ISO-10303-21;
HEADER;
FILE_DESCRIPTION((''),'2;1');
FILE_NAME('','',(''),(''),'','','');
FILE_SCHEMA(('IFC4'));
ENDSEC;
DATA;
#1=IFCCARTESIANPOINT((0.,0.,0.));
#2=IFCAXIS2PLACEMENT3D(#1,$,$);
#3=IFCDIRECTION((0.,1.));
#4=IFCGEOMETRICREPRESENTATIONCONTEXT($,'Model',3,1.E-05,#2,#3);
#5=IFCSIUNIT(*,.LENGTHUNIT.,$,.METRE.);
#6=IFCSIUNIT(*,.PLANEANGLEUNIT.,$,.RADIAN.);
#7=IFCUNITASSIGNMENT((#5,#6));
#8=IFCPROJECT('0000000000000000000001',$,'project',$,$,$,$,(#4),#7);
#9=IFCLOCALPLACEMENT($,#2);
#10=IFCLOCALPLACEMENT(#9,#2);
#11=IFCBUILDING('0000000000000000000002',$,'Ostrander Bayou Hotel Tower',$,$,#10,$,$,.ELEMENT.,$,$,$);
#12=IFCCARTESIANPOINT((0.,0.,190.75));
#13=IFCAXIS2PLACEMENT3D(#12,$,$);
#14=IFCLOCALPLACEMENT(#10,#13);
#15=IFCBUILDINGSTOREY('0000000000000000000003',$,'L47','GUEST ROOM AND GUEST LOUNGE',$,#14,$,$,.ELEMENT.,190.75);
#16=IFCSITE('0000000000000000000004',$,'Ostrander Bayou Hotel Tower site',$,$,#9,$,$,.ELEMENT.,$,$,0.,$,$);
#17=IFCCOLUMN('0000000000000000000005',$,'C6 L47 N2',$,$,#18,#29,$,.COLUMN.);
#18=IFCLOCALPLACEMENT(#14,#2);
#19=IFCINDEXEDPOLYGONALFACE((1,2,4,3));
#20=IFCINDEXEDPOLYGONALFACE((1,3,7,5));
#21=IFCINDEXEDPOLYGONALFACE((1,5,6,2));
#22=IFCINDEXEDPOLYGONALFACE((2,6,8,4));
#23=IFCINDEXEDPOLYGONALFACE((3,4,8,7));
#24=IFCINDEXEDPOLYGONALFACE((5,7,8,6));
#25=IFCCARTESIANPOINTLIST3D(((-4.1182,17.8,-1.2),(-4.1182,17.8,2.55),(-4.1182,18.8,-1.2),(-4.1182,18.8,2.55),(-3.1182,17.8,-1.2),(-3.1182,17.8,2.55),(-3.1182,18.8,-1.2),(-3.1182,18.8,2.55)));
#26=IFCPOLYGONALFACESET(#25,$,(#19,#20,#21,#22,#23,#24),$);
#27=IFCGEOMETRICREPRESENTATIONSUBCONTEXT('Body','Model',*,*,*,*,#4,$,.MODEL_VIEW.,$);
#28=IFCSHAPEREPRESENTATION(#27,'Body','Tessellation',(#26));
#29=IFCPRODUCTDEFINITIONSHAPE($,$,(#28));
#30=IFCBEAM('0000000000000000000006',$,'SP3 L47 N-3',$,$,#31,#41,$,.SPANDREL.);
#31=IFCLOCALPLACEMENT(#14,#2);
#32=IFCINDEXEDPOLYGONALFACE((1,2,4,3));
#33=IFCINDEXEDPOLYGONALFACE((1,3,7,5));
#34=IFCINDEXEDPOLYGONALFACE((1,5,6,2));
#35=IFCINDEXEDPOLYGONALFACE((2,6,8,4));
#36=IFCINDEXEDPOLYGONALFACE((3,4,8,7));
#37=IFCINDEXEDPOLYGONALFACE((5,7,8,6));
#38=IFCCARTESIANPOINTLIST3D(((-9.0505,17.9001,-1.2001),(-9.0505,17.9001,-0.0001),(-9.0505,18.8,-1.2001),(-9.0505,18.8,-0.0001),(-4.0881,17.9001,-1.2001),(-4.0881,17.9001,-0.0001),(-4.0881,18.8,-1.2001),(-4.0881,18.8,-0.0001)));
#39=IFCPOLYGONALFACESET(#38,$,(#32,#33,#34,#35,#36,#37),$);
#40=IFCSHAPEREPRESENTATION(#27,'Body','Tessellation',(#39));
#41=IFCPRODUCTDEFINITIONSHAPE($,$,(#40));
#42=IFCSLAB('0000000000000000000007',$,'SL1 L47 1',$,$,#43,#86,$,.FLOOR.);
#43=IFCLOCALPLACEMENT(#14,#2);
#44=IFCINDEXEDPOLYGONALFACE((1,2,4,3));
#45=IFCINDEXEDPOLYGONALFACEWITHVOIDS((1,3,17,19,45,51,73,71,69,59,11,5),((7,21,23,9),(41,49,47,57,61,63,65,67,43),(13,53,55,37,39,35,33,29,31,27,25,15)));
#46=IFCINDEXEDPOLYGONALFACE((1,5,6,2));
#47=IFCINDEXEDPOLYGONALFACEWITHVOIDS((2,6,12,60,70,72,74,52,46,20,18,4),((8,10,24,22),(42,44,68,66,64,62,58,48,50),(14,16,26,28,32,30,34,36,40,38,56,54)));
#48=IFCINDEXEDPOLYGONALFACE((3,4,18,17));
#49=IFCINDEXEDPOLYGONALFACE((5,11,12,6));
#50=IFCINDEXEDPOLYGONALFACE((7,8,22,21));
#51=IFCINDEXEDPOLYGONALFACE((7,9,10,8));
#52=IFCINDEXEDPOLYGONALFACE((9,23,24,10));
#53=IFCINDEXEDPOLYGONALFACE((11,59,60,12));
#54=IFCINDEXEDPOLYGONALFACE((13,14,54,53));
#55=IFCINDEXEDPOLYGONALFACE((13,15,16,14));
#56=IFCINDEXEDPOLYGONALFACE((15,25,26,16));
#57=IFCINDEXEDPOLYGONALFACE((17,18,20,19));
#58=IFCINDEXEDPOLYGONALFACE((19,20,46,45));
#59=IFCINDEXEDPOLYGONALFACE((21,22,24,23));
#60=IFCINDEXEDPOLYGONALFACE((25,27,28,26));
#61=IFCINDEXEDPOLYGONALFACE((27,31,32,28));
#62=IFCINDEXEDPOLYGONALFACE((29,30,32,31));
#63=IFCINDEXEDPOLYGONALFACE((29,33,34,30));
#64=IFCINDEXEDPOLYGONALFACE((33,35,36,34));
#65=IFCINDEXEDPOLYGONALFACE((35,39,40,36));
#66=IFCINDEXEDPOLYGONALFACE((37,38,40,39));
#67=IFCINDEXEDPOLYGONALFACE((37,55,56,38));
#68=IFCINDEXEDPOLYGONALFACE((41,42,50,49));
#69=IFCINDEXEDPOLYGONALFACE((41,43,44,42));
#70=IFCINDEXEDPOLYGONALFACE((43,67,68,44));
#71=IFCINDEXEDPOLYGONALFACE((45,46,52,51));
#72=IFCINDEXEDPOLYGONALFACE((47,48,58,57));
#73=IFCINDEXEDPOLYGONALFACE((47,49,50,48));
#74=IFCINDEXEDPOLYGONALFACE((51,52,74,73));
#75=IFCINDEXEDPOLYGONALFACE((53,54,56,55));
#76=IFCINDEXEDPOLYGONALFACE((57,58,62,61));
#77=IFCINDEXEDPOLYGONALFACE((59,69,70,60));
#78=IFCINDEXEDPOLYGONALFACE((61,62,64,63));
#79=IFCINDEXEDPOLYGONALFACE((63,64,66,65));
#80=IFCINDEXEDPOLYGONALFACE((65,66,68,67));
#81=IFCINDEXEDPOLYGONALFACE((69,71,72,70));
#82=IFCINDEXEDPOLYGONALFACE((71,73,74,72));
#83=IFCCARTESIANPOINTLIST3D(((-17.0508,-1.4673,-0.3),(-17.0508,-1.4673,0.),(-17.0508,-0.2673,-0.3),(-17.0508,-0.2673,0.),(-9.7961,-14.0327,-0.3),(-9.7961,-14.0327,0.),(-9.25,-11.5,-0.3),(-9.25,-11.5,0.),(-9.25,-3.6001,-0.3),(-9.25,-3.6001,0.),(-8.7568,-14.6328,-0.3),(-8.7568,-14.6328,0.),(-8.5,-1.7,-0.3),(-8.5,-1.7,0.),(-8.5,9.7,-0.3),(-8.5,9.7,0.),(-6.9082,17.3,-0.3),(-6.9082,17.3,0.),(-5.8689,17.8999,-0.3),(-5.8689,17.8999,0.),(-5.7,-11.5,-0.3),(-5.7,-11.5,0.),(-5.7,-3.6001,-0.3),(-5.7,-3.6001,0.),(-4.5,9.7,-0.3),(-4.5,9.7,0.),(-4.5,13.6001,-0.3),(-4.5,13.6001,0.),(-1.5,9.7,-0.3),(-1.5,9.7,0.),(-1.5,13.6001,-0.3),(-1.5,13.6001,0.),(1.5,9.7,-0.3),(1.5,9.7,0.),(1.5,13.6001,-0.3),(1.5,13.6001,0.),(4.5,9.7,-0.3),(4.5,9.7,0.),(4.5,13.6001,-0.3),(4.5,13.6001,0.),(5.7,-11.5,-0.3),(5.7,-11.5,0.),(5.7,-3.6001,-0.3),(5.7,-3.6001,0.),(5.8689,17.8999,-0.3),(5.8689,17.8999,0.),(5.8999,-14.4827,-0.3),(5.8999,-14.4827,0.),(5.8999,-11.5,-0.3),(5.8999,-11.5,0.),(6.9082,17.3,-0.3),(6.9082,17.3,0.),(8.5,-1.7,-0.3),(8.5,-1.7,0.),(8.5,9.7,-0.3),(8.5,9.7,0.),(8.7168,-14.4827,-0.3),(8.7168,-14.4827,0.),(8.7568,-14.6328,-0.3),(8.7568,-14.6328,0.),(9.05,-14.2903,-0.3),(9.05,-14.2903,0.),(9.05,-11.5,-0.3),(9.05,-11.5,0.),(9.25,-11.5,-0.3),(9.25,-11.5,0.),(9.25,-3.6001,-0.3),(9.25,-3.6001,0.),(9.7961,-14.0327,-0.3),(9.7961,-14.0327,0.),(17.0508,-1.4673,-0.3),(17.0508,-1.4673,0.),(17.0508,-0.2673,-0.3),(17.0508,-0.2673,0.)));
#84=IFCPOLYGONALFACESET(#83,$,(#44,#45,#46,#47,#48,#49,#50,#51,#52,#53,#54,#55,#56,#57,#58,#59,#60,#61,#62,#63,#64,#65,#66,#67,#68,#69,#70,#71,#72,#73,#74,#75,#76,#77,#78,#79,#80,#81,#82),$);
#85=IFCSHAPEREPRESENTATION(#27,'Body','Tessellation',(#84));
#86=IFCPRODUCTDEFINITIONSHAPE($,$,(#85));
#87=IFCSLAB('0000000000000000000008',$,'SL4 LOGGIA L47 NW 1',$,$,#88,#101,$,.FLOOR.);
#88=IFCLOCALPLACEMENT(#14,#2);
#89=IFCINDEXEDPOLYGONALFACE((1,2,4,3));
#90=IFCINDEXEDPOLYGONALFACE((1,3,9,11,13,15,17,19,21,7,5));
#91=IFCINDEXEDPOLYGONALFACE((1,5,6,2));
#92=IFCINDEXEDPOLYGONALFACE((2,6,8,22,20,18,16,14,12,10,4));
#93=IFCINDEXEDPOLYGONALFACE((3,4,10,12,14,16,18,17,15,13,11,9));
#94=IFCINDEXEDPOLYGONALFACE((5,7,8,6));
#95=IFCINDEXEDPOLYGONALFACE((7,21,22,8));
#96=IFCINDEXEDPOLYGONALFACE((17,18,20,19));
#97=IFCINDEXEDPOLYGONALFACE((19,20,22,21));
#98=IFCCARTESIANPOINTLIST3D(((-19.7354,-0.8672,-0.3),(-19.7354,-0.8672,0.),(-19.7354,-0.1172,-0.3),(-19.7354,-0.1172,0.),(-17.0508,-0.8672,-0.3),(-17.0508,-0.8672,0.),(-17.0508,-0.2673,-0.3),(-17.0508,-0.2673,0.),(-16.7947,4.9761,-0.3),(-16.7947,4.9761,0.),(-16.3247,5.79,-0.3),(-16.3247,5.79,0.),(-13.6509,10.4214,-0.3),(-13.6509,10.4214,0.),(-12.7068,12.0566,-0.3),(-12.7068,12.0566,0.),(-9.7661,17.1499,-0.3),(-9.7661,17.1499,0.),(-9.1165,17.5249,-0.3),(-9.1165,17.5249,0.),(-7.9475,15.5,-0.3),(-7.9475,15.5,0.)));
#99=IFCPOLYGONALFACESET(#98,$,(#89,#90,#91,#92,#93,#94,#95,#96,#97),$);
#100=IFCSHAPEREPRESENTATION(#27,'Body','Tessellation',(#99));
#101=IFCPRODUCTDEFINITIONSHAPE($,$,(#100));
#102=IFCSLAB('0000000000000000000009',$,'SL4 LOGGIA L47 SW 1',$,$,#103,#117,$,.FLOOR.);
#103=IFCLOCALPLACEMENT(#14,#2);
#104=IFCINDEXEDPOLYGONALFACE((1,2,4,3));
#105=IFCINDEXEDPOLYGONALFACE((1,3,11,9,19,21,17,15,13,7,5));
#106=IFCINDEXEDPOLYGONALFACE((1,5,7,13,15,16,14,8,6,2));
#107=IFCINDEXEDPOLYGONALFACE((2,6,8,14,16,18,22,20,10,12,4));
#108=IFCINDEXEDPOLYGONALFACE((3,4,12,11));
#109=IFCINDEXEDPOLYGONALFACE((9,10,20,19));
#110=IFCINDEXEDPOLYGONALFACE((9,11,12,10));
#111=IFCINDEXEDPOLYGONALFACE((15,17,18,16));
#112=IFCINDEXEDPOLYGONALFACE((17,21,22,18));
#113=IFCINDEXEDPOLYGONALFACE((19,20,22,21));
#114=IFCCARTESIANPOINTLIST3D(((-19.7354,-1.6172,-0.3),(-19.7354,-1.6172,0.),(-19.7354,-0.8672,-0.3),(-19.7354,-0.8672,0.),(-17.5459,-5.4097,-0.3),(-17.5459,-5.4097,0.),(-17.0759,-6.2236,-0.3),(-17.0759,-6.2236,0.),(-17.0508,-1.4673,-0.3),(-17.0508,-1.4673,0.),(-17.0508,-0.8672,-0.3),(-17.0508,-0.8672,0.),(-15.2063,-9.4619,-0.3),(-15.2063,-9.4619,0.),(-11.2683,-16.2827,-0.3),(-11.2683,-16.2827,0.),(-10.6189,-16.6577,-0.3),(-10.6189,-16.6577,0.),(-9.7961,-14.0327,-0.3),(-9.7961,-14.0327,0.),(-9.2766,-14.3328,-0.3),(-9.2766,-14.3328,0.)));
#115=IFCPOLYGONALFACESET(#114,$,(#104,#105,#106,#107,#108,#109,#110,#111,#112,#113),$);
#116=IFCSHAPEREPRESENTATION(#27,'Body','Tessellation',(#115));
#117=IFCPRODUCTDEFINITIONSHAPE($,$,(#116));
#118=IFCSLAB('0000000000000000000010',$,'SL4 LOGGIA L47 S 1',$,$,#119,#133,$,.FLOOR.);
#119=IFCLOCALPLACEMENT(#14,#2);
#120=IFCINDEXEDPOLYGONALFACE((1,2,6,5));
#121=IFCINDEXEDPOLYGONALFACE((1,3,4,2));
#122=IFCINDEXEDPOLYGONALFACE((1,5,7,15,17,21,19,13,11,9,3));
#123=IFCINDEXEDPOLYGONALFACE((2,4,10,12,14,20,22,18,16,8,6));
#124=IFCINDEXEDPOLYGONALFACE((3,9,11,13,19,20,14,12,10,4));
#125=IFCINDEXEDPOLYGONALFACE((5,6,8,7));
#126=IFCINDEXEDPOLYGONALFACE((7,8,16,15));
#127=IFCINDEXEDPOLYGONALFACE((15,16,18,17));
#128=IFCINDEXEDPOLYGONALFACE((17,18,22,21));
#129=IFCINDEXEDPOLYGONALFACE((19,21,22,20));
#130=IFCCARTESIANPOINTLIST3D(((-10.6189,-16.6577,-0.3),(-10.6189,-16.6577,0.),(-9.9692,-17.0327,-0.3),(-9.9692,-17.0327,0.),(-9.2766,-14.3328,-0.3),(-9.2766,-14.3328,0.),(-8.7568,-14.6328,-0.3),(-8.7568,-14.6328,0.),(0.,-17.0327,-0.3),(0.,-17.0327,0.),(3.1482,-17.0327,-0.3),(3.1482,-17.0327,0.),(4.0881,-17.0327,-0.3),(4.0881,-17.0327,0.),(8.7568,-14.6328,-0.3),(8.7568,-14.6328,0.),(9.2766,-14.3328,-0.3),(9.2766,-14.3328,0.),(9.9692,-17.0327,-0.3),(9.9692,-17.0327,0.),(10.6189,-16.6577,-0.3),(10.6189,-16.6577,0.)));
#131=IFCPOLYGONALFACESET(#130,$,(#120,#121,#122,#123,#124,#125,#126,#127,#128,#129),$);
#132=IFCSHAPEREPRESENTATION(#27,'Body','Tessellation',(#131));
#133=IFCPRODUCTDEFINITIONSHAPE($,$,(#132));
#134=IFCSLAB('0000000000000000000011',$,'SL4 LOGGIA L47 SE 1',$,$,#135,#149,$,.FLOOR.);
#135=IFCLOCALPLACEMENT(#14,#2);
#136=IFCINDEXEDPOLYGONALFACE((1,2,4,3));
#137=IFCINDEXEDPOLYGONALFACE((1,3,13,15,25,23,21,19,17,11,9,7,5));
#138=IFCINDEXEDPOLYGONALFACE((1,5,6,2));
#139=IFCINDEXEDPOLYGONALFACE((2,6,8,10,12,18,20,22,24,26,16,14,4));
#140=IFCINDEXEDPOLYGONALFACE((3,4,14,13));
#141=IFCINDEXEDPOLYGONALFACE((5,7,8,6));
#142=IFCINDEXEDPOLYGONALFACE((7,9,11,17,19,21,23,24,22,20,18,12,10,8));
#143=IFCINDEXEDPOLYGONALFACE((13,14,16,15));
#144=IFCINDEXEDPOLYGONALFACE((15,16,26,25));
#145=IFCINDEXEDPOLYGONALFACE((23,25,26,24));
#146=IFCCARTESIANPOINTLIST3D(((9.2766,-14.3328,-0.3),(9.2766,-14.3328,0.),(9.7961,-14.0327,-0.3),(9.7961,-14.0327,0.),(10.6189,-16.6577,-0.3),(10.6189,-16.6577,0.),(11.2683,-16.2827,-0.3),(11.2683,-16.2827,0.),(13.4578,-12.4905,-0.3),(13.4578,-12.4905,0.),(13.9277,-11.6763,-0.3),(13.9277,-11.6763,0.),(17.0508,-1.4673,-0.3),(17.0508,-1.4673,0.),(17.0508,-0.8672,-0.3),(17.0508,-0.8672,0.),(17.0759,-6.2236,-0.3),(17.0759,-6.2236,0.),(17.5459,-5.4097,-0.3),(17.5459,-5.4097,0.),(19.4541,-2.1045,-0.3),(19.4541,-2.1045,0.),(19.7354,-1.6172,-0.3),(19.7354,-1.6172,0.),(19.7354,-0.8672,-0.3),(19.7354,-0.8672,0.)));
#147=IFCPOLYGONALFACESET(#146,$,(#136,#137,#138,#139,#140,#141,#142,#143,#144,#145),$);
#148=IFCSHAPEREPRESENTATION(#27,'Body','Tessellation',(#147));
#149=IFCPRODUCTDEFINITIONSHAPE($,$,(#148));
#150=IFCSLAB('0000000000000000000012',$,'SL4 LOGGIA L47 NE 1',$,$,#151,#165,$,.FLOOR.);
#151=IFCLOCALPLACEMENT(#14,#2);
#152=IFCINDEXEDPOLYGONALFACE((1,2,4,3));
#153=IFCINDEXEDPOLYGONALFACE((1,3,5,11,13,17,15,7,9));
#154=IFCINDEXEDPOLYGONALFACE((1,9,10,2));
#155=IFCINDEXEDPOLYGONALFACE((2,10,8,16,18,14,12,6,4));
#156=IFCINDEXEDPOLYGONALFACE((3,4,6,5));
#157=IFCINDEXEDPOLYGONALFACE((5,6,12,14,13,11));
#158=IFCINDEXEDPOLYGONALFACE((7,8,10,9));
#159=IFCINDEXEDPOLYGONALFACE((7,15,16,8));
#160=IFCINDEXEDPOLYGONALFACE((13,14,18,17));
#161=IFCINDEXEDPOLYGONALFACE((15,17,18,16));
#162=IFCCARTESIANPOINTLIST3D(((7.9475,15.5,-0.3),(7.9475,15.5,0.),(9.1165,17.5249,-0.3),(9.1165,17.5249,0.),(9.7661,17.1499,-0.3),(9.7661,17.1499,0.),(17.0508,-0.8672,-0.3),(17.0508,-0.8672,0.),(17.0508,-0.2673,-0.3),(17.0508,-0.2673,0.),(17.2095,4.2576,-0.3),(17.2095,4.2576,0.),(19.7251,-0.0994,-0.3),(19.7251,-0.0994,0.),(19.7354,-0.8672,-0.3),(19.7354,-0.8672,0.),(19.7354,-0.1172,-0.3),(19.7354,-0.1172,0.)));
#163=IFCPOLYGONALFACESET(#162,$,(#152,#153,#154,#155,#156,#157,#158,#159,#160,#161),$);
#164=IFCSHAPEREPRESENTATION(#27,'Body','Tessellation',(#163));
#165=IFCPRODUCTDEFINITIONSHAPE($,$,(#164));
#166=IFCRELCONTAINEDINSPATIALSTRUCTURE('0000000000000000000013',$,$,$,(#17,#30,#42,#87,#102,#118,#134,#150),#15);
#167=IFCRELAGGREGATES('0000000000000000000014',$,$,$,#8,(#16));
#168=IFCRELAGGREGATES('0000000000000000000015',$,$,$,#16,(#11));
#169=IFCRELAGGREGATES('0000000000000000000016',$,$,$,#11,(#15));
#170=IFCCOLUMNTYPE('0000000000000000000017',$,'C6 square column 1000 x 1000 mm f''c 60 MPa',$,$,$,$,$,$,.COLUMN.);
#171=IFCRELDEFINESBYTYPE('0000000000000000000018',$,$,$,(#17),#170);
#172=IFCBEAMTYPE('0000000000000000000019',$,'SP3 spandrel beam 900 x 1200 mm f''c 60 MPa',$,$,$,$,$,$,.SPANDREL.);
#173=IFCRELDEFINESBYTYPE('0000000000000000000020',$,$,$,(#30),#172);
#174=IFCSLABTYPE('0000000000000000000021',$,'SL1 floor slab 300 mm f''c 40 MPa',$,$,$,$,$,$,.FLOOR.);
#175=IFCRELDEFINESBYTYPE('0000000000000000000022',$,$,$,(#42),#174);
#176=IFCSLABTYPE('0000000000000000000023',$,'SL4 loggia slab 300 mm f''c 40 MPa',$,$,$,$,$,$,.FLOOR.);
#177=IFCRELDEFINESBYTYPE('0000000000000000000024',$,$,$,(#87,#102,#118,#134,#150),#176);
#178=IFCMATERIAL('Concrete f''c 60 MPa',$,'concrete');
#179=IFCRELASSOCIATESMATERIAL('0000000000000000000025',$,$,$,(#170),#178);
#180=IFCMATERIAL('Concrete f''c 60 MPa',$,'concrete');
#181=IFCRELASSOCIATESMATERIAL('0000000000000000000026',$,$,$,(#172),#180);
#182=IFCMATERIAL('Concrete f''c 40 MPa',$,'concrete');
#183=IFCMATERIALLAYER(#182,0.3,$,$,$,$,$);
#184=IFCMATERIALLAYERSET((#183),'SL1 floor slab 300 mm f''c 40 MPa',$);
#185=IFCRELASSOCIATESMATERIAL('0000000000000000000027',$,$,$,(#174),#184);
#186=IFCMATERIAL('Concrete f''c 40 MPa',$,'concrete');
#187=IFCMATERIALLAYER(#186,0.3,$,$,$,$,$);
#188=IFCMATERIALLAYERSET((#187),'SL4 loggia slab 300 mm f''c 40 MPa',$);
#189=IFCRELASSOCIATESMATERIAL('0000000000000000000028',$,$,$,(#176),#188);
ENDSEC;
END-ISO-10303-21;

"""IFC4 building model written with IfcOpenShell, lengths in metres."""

from ifc_helpers import new_model, si_unit, direction, frame, origin, origin_2d, place, context, subcontext, project, spatial, polyline, rectangle, outline, extrude, material, layer, layer_set, material_profile, profile_set, type_object, element, save


model = new_model("IFC4")

# Units and contexts
model_context = context("Model", 3, precision=1e-05, world=origin(), true_north=direction((0.0, 1.0)))
body_context = subcontext(model_context, "Body", "Model", "MODEL_VIEW")
ifc_project = project(units=[si_unit("LENGTHUNIT", "METRE"), si_unit("PLANEANGLEUNIT", "RADIAN")], contexts=[model_context])

# Site, building, storey
site_placement = place(None, origin())
site = spatial("IfcSite", under=ifc_project, at=site_placement, Name="Ostrander Bayou Hotel Tower site", CompositionType="ELEMENT", RefElevation=0.0)
building_placement = place(site_placement, origin())
building = spatial("IfcBuilding", under=site, at=building_placement, Name="Ostrander Bayou Hotel Tower", CompositionType="ELEMENT")
storey_placement = place(building_placement, frame((0.0, 0.0, 190.75)))
storey = spatial("IfcBuildingStorey", under=building, at=storey_placement, Name="L47", Description="GUEST ROOM AND GUEST LOUNGE", CompositionType="ELEMENT", Elevation=190.75)

# Column
ifc_material_1 = material(Name="Concrete f'c 60 MPa", Category="concrete")
ifc_material_profile_1 = material_profile(ifc_material_1, rectangle(XDim=1.0, YDim=1.0, at=origin_2d()))
ifc_profile_set_1 = profile_set([ifc_material_profile_1], Name="Concrete f'c 60 MPa")
column_type = type_object("IfcColumnType", Name="C6 square column 1000 x 1000 mm f'c 60 MPa", PredefinedType="COLUMN", material=ifc_profile_set_1)
column_placement = place(storey_placement, frame((-3.6182, 18.3, -1.2), z_axis=(0.0, 0.0, 1.0), x_axis=(1.0, 0.0, 0.0)))
element("IfcColumn", 1, at=column_placement, inside=storey, type_object=column_type, Name="C6 L47 N2", PredefinedType="COLUMN", context=body_context, shape_type="SweptSolid", body=[
    extrude(rectangle(XDim=1.0, YDim=1.0, at=origin_2d()), origin(), (0.0, 0.0, 1.0), 3.75),
])

# Beam
ifc_material_2 = material(Name="Concrete f'c 60 MPa", Category="concrete")
ifc_material_profile_2 = material_profile(ifc_material_2, rectangle(XDim=0.8999, YDim=1.2, at=origin_2d()))
ifc_profile_set_2 = profile_set([ifc_material_profile_2], Name="Concrete f'c 60 MPa")
beam_type = type_object("IfcBeamType", Name="SP3 spandrel beam 900 x 1200 mm f'c 60 MPa", PredefinedType="SPANDREL", material=ifc_profile_set_2)
beam_placement = place(storey_placement, frame((-4.0881, 18.3501, -0.6001), z_axis=(-1.0, 0.0, 0.0), x_axis=(0.0, -1.0, 0.0)))
element("IfcBeam", 2, at=beam_placement, inside=storey, type_object=beam_type, Name="SP3 L47 N-3", PredefinedType="SPANDREL", context=body_context, shape_type="SweptSolid", body=[
    extrude(rectangle(XDim=0.8999, YDim=1.2, at=origin_2d()), origin(), (0.0, 0.0, 1.0), 4.9624),
])

# Slabs
ifc_material_3 = material(Name="Concrete f'c 40 MPa", Category="concrete")
ifc_layer_1 = layer(ifc_material_3, 0.3)
ifc_layer_set_1 = layer_set([ifc_layer_1], Name="SL1 floor slab 300 mm f'c 40 MPa")
slab_type_1 = type_object("IfcSlabType", Name="SL1 floor slab 300 mm f'c 40 MPa", PredefinedType="FLOOR", material=ifc_layer_set_1)
slab_1_placement = place(storey_placement, frame((0.0, 0.0, -0.3)))
element("IfcSlab", 3, at=slab_1_placement, inside=storey, type_object=slab_type_1, Name="SL1 L47 1", PredefinedType="FLOOR", context=body_context, shape_type="SweptSolid", body=[
    extrude(outline(polyline([(6.9082, 17.3), (17.0508, -0.2673), (17.0508, -1.4673), (9.7961, -14.0327), (8.7568, -14.6328), (-8.7568, -14.6328), (-9.7961, -14.0327), (-17.0508, -1.4673), (-17.0508, -0.2673), (-6.9082, 17.3), (-5.8689, 17.8999), (5.8689, 17.8999), (6.9082, 17.3)]), holes=[polyline([(9.05, -11.5), (9.25, -11.5), (9.25, -3.6001), (5.7, -3.6001), (5.7, -11.5), (5.8999, -11.5), (5.8999, -14.4827), (8.7168, -14.4827), (9.05, -14.2903), (9.05, -11.5)]), polyline([(-8.5, -1.7), (8.5, -1.7), (8.5, 9.7), (4.5, 9.7), (4.5, 13.6001), (1.5, 13.6001), (1.5, 9.7), (-1.5, 9.7), (-1.5, 13.6001), (-4.5, 13.6001), (-4.5, 9.7), (-8.5, 9.7), (-8.5, -1.7)]), polyline([(-5.7, -3.6001), (-9.25, -3.6001), (-9.25, -11.5), (-5.7, -11.5), (-5.7, -3.6001)])]), origin(), (0.0, 0.0, 1.0), 0.3),
])
ifc_material_4 = material(Name="Concrete f'c 40 MPa", Category="concrete")
ifc_layer_2 = layer(ifc_material_4, 0.3)
ifc_layer_set_2 = layer_set([ifc_layer_2], Name="SL4 loggia slab 300 mm f'c 40 MPa")
slab_type_2 = type_object("IfcSlabType", Name="SL4 loggia slab 300 mm f'c 40 MPa", PredefinedType="FLOOR", material=ifc_layer_set_2)
slab_2_placement = place(storey_placement, frame((0.0, 0.0, -0.3)))
element("IfcSlab", 4, at=slab_2_placement, inside=storey, type_object=slab_type_2, Name="SL4 LOGGIA L47 NW 1", PredefinedType="FLOOR", context=body_context, shape_type="SweptSolid", body=[
    extrude(outline(polyline([(-19.7354, -0.8672), (-19.7354, -0.1172), (-16.7947, 4.9761), (-16.3247, 5.79), (-13.6509, 10.4214), (-12.7068, 12.0566), (-9.7661, 17.1499), (-9.1165, 17.5249), (-7.9475, 15.5), (-17.0508, -0.2673), (-17.0508, -0.8672), (-19.7354, -0.8672)])), origin(), (0.0, 0.0, 1.0), 0.3),
])
slab_3_placement = place(storey_placement, frame((0.0, 0.0, -0.3)))
element("IfcSlab", 5, at=slab_3_placement, inside=storey, type_object=slab_type_2, Name="SL4 LOGGIA L47 SW 1", PredefinedType="FLOOR", context=body_context, shape_type="SweptSolid", body=[
    extrude(outline(polyline([(-9.2766, -14.3328), (-10.6189, -16.6577), (-11.2683, -16.2827), (-15.2063, -9.4619), (-17.0759, -6.2236), (-17.5459, -5.4097), (-19.7354, -1.6172), (-19.7354, -0.8672), (-17.0508, -0.8672), (-17.0508, -1.4673), (-9.7961, -14.0327), (-9.2766, -14.3328)])), origin(), (0.0, 0.0, 1.0), 0.3),
])
slab_4_placement = place(storey_placement, frame((0.0, 0.0, -0.3)))
element("IfcSlab", 6, at=slab_4_placement, inside=storey, type_object=slab_type_2, Name="SL4 LOGGIA L47 S 1", PredefinedType="FLOOR", context=body_context, shape_type="SweptSolid", body=[
    extrude(outline(polyline([(9.2766, -14.3328), (10.6189, -16.6577), (9.9692, -17.0327), (4.0881, -17.0327), (3.1482, -17.0327), (0.0, -17.0327), (-9.9692, -17.0327), (-10.6189, -16.6577), (-9.2766, -14.3328), (-8.7568, -14.6328), (8.7568, -14.6328), (9.2766, -14.3328)])), origin(), (0.0, 0.0, 1.0), 0.3),
])
slab_5_placement = place(storey_placement, frame((0.0, 0.0, -0.3)))
element("IfcSlab", 7, at=slab_5_placement, inside=storey, type_object=slab_type_2, Name="SL4 LOGGIA L47 SE 1", PredefinedType="FLOOR", context=body_context, shape_type="SweptSolid", body=[
    extrude(outline(polyline([(17.0508, -0.8672), (19.7354, -0.8672), (19.7354, -1.6172), (19.4541, -2.1045), (17.5459, -5.4097), (17.0759, -6.2236), (13.9277, -11.6763), (13.4578, -12.4905), (11.2683, -16.2827), (10.6189, -16.6577), (9.2766, -14.3328), (9.7961, -14.0327), (17.0508, -1.4673), (17.0508, -0.8672)])), origin(), (0.0, 0.0, 1.0), 0.3),
])
slab_6_placement = place(storey_placement, frame((0.0, 0.0, -0.3)))
element("IfcSlab", 8, at=slab_6_placement, inside=storey, type_object=slab_type_2, Name="SL4 LOGGIA L47 NE 1", PredefinedType="FLOOR", context=body_context, shape_type="SweptSolid", body=[
    extrude(outline(polyline([(9.1165, 17.5249), (9.7661, 17.1499), (17.2095, 4.2576), (19.7251, -0.0994), (19.7354, -0.1172), (19.7354, -0.8672), (17.0508, -0.8672), (17.0508, -0.2673), (7.9475, 15.5), (9.1165, 17.5249)])), origin(), (0.0, 0.0, 1.0), 0.3),
])

save(model, "model.ifc")
